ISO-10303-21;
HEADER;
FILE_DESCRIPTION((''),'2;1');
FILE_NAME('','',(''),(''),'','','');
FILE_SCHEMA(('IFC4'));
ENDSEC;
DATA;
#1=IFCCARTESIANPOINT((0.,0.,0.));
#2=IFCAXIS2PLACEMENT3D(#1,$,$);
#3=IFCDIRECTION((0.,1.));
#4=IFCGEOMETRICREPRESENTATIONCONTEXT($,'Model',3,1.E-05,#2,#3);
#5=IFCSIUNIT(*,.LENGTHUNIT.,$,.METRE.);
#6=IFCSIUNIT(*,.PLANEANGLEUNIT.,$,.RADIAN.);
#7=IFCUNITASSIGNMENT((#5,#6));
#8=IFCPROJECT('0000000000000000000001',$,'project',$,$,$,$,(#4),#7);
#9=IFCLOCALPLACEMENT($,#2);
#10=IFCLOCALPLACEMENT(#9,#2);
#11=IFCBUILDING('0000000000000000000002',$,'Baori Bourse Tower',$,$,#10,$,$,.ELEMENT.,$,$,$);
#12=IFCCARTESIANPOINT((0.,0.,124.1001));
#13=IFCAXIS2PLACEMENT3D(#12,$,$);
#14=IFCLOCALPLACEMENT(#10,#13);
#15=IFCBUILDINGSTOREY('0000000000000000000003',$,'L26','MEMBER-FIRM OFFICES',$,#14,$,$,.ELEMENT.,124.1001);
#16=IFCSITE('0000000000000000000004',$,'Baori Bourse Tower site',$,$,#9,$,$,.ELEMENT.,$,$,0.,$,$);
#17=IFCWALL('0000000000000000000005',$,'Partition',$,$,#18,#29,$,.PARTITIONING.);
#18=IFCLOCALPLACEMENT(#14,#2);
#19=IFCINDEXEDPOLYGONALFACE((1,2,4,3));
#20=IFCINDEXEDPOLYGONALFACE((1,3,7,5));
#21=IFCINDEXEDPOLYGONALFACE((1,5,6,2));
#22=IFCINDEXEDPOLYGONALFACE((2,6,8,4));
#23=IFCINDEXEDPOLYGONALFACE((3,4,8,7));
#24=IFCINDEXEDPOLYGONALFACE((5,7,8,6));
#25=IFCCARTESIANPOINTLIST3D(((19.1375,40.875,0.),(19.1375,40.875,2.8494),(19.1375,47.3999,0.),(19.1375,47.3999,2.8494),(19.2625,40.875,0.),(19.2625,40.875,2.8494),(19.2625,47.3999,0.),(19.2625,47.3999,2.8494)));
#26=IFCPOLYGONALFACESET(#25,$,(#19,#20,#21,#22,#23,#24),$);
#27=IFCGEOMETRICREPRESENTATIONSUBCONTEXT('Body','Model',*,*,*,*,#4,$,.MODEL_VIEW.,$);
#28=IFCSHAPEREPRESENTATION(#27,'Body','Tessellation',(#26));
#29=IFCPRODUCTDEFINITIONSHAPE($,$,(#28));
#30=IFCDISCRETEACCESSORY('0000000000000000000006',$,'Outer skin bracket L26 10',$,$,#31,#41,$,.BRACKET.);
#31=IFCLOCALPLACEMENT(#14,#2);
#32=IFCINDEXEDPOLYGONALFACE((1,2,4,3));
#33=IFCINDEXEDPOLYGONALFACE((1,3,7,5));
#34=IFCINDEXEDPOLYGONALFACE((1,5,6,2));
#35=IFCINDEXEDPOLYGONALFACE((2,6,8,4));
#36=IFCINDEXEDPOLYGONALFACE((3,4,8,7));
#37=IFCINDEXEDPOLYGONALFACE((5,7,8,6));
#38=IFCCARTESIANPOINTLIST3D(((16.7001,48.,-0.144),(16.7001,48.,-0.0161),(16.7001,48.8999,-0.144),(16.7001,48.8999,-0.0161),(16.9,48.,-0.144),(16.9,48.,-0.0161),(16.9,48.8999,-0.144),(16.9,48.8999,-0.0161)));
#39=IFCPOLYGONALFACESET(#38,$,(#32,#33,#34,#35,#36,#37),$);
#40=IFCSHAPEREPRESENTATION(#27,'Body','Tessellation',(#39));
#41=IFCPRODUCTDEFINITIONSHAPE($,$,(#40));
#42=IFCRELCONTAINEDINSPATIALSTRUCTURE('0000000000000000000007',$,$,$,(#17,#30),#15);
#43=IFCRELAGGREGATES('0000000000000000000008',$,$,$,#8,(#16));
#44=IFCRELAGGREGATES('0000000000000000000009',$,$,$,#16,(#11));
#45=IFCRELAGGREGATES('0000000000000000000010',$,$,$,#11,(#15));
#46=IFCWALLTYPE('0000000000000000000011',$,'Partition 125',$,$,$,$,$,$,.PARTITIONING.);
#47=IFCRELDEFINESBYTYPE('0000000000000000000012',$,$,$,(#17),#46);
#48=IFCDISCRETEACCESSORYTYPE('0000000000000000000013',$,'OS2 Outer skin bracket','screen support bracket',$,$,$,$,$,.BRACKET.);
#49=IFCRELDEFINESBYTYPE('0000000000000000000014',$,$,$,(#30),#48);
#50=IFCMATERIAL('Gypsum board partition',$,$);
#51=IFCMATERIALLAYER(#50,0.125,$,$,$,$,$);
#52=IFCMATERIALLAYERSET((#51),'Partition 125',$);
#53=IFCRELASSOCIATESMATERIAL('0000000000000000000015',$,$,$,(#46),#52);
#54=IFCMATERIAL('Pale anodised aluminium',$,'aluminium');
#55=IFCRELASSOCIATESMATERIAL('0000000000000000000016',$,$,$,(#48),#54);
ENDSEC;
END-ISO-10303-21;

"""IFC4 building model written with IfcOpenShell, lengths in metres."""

from ifc_helpers import new_model, si_unit, direction, frame, frame_2d, origin, origin_2d, place, context, subcontext, project, spatial, rectangle, extrude, material, layer, layer_set, type_object, element, save


model = new_model("IFC4")

# Units and contexts
model_context = context("Model", 3, precision=1e-05, world=origin(), true_north=direction((0.0, 1.0)))
body_context = subcontext(model_context, "Body", "Model", "MODEL_VIEW")
ifc_project = project(units=[si_unit("LENGTHUNIT", "METRE"), si_unit("PLANEANGLEUNIT", "RADIAN")], contexts=[model_context])

# Site, building, storey
site_placement = place(None, origin())
site = spatial("IfcSite", under=ifc_project, at=site_placement, Name="Baori Bourse Tower site", CompositionType="ELEMENT", RefElevation=0.0)
building_placement = place(site_placement, origin())
building = spatial("IfcBuilding", under=site, at=building_placement, Name="Baori Bourse Tower", CompositionType="ELEMENT")
storey_placement = place(building_placement, frame((0.0, 0.0, 124.1001)))
storey = spatial("IfcBuildingStorey", under=building, at=storey_placement, Name="L26", Description="MEMBER-FIRM OFFICES", CompositionType="ELEMENT", Elevation=124.1001)

# Wall
ifc_material_1 = material(Name="Gypsum board partition")
ifc_layer_1 = layer(ifc_material_1, 0.125)
ifc_layer_set_1 = layer_set([ifc_layer_1], Name="Partition 125")
wall_type_1 = type_object("IfcWallType", Name="Partition 125", PredefinedType="PARTITIONING", material=ifc_layer_set_1)
wall_1_placement = place(storey_placement, frame((19.2, 40.875, 0.0), z_axis=(0.0, 0.0, 1.0), x_axis=(0.0, 1.0, 0.0)))
element("IfcWall", 1, at=wall_1_placement, inside=storey, type_object=wall_type_1, Name="Partition", PredefinedType="PARTITIONING", context=body_context, shape_type="SweptSolid", body=[
    extrude(rectangle(XDim=6.5249, YDim=0.125, at=frame_2d((3.2625, 0.0))), origin(), (0.0, 0.0, 1.0), 2.8494),
])

# Discrete accessory
ifc_material_2 = material(Name="Pale anodised aluminium", Category="aluminium")
discrete_accessory_type = type_object("IfcDiscreteAccessoryType", Name="OS2 Outer skin bracket", Description="screen support bracket", PredefinedType="BRACKET", material=ifc_material_2)
discrete_accessory_placement = place(storey_placement, frame((16.8, 48.45, -0.144), z_axis=(0.0, 0.0, 1.0), x_axis=(-1.0, 0.0, 0.0)))
element("IfcDiscreteAccessory", 2, at=discrete_accessory_placement, inside=storey, type_object=discrete_accessory_type, Name="Outer skin bracket L26 10", PredefinedType="BRACKET", context=body_context, shape_type="SweptSolid", body=[
    extrude(rectangle(XDim=0.2, YDim=0.8999, at=origin_2d()), origin(), (0.0, 0.0, 1.0), 0.1279),
])

save(model, "model.ifc")
